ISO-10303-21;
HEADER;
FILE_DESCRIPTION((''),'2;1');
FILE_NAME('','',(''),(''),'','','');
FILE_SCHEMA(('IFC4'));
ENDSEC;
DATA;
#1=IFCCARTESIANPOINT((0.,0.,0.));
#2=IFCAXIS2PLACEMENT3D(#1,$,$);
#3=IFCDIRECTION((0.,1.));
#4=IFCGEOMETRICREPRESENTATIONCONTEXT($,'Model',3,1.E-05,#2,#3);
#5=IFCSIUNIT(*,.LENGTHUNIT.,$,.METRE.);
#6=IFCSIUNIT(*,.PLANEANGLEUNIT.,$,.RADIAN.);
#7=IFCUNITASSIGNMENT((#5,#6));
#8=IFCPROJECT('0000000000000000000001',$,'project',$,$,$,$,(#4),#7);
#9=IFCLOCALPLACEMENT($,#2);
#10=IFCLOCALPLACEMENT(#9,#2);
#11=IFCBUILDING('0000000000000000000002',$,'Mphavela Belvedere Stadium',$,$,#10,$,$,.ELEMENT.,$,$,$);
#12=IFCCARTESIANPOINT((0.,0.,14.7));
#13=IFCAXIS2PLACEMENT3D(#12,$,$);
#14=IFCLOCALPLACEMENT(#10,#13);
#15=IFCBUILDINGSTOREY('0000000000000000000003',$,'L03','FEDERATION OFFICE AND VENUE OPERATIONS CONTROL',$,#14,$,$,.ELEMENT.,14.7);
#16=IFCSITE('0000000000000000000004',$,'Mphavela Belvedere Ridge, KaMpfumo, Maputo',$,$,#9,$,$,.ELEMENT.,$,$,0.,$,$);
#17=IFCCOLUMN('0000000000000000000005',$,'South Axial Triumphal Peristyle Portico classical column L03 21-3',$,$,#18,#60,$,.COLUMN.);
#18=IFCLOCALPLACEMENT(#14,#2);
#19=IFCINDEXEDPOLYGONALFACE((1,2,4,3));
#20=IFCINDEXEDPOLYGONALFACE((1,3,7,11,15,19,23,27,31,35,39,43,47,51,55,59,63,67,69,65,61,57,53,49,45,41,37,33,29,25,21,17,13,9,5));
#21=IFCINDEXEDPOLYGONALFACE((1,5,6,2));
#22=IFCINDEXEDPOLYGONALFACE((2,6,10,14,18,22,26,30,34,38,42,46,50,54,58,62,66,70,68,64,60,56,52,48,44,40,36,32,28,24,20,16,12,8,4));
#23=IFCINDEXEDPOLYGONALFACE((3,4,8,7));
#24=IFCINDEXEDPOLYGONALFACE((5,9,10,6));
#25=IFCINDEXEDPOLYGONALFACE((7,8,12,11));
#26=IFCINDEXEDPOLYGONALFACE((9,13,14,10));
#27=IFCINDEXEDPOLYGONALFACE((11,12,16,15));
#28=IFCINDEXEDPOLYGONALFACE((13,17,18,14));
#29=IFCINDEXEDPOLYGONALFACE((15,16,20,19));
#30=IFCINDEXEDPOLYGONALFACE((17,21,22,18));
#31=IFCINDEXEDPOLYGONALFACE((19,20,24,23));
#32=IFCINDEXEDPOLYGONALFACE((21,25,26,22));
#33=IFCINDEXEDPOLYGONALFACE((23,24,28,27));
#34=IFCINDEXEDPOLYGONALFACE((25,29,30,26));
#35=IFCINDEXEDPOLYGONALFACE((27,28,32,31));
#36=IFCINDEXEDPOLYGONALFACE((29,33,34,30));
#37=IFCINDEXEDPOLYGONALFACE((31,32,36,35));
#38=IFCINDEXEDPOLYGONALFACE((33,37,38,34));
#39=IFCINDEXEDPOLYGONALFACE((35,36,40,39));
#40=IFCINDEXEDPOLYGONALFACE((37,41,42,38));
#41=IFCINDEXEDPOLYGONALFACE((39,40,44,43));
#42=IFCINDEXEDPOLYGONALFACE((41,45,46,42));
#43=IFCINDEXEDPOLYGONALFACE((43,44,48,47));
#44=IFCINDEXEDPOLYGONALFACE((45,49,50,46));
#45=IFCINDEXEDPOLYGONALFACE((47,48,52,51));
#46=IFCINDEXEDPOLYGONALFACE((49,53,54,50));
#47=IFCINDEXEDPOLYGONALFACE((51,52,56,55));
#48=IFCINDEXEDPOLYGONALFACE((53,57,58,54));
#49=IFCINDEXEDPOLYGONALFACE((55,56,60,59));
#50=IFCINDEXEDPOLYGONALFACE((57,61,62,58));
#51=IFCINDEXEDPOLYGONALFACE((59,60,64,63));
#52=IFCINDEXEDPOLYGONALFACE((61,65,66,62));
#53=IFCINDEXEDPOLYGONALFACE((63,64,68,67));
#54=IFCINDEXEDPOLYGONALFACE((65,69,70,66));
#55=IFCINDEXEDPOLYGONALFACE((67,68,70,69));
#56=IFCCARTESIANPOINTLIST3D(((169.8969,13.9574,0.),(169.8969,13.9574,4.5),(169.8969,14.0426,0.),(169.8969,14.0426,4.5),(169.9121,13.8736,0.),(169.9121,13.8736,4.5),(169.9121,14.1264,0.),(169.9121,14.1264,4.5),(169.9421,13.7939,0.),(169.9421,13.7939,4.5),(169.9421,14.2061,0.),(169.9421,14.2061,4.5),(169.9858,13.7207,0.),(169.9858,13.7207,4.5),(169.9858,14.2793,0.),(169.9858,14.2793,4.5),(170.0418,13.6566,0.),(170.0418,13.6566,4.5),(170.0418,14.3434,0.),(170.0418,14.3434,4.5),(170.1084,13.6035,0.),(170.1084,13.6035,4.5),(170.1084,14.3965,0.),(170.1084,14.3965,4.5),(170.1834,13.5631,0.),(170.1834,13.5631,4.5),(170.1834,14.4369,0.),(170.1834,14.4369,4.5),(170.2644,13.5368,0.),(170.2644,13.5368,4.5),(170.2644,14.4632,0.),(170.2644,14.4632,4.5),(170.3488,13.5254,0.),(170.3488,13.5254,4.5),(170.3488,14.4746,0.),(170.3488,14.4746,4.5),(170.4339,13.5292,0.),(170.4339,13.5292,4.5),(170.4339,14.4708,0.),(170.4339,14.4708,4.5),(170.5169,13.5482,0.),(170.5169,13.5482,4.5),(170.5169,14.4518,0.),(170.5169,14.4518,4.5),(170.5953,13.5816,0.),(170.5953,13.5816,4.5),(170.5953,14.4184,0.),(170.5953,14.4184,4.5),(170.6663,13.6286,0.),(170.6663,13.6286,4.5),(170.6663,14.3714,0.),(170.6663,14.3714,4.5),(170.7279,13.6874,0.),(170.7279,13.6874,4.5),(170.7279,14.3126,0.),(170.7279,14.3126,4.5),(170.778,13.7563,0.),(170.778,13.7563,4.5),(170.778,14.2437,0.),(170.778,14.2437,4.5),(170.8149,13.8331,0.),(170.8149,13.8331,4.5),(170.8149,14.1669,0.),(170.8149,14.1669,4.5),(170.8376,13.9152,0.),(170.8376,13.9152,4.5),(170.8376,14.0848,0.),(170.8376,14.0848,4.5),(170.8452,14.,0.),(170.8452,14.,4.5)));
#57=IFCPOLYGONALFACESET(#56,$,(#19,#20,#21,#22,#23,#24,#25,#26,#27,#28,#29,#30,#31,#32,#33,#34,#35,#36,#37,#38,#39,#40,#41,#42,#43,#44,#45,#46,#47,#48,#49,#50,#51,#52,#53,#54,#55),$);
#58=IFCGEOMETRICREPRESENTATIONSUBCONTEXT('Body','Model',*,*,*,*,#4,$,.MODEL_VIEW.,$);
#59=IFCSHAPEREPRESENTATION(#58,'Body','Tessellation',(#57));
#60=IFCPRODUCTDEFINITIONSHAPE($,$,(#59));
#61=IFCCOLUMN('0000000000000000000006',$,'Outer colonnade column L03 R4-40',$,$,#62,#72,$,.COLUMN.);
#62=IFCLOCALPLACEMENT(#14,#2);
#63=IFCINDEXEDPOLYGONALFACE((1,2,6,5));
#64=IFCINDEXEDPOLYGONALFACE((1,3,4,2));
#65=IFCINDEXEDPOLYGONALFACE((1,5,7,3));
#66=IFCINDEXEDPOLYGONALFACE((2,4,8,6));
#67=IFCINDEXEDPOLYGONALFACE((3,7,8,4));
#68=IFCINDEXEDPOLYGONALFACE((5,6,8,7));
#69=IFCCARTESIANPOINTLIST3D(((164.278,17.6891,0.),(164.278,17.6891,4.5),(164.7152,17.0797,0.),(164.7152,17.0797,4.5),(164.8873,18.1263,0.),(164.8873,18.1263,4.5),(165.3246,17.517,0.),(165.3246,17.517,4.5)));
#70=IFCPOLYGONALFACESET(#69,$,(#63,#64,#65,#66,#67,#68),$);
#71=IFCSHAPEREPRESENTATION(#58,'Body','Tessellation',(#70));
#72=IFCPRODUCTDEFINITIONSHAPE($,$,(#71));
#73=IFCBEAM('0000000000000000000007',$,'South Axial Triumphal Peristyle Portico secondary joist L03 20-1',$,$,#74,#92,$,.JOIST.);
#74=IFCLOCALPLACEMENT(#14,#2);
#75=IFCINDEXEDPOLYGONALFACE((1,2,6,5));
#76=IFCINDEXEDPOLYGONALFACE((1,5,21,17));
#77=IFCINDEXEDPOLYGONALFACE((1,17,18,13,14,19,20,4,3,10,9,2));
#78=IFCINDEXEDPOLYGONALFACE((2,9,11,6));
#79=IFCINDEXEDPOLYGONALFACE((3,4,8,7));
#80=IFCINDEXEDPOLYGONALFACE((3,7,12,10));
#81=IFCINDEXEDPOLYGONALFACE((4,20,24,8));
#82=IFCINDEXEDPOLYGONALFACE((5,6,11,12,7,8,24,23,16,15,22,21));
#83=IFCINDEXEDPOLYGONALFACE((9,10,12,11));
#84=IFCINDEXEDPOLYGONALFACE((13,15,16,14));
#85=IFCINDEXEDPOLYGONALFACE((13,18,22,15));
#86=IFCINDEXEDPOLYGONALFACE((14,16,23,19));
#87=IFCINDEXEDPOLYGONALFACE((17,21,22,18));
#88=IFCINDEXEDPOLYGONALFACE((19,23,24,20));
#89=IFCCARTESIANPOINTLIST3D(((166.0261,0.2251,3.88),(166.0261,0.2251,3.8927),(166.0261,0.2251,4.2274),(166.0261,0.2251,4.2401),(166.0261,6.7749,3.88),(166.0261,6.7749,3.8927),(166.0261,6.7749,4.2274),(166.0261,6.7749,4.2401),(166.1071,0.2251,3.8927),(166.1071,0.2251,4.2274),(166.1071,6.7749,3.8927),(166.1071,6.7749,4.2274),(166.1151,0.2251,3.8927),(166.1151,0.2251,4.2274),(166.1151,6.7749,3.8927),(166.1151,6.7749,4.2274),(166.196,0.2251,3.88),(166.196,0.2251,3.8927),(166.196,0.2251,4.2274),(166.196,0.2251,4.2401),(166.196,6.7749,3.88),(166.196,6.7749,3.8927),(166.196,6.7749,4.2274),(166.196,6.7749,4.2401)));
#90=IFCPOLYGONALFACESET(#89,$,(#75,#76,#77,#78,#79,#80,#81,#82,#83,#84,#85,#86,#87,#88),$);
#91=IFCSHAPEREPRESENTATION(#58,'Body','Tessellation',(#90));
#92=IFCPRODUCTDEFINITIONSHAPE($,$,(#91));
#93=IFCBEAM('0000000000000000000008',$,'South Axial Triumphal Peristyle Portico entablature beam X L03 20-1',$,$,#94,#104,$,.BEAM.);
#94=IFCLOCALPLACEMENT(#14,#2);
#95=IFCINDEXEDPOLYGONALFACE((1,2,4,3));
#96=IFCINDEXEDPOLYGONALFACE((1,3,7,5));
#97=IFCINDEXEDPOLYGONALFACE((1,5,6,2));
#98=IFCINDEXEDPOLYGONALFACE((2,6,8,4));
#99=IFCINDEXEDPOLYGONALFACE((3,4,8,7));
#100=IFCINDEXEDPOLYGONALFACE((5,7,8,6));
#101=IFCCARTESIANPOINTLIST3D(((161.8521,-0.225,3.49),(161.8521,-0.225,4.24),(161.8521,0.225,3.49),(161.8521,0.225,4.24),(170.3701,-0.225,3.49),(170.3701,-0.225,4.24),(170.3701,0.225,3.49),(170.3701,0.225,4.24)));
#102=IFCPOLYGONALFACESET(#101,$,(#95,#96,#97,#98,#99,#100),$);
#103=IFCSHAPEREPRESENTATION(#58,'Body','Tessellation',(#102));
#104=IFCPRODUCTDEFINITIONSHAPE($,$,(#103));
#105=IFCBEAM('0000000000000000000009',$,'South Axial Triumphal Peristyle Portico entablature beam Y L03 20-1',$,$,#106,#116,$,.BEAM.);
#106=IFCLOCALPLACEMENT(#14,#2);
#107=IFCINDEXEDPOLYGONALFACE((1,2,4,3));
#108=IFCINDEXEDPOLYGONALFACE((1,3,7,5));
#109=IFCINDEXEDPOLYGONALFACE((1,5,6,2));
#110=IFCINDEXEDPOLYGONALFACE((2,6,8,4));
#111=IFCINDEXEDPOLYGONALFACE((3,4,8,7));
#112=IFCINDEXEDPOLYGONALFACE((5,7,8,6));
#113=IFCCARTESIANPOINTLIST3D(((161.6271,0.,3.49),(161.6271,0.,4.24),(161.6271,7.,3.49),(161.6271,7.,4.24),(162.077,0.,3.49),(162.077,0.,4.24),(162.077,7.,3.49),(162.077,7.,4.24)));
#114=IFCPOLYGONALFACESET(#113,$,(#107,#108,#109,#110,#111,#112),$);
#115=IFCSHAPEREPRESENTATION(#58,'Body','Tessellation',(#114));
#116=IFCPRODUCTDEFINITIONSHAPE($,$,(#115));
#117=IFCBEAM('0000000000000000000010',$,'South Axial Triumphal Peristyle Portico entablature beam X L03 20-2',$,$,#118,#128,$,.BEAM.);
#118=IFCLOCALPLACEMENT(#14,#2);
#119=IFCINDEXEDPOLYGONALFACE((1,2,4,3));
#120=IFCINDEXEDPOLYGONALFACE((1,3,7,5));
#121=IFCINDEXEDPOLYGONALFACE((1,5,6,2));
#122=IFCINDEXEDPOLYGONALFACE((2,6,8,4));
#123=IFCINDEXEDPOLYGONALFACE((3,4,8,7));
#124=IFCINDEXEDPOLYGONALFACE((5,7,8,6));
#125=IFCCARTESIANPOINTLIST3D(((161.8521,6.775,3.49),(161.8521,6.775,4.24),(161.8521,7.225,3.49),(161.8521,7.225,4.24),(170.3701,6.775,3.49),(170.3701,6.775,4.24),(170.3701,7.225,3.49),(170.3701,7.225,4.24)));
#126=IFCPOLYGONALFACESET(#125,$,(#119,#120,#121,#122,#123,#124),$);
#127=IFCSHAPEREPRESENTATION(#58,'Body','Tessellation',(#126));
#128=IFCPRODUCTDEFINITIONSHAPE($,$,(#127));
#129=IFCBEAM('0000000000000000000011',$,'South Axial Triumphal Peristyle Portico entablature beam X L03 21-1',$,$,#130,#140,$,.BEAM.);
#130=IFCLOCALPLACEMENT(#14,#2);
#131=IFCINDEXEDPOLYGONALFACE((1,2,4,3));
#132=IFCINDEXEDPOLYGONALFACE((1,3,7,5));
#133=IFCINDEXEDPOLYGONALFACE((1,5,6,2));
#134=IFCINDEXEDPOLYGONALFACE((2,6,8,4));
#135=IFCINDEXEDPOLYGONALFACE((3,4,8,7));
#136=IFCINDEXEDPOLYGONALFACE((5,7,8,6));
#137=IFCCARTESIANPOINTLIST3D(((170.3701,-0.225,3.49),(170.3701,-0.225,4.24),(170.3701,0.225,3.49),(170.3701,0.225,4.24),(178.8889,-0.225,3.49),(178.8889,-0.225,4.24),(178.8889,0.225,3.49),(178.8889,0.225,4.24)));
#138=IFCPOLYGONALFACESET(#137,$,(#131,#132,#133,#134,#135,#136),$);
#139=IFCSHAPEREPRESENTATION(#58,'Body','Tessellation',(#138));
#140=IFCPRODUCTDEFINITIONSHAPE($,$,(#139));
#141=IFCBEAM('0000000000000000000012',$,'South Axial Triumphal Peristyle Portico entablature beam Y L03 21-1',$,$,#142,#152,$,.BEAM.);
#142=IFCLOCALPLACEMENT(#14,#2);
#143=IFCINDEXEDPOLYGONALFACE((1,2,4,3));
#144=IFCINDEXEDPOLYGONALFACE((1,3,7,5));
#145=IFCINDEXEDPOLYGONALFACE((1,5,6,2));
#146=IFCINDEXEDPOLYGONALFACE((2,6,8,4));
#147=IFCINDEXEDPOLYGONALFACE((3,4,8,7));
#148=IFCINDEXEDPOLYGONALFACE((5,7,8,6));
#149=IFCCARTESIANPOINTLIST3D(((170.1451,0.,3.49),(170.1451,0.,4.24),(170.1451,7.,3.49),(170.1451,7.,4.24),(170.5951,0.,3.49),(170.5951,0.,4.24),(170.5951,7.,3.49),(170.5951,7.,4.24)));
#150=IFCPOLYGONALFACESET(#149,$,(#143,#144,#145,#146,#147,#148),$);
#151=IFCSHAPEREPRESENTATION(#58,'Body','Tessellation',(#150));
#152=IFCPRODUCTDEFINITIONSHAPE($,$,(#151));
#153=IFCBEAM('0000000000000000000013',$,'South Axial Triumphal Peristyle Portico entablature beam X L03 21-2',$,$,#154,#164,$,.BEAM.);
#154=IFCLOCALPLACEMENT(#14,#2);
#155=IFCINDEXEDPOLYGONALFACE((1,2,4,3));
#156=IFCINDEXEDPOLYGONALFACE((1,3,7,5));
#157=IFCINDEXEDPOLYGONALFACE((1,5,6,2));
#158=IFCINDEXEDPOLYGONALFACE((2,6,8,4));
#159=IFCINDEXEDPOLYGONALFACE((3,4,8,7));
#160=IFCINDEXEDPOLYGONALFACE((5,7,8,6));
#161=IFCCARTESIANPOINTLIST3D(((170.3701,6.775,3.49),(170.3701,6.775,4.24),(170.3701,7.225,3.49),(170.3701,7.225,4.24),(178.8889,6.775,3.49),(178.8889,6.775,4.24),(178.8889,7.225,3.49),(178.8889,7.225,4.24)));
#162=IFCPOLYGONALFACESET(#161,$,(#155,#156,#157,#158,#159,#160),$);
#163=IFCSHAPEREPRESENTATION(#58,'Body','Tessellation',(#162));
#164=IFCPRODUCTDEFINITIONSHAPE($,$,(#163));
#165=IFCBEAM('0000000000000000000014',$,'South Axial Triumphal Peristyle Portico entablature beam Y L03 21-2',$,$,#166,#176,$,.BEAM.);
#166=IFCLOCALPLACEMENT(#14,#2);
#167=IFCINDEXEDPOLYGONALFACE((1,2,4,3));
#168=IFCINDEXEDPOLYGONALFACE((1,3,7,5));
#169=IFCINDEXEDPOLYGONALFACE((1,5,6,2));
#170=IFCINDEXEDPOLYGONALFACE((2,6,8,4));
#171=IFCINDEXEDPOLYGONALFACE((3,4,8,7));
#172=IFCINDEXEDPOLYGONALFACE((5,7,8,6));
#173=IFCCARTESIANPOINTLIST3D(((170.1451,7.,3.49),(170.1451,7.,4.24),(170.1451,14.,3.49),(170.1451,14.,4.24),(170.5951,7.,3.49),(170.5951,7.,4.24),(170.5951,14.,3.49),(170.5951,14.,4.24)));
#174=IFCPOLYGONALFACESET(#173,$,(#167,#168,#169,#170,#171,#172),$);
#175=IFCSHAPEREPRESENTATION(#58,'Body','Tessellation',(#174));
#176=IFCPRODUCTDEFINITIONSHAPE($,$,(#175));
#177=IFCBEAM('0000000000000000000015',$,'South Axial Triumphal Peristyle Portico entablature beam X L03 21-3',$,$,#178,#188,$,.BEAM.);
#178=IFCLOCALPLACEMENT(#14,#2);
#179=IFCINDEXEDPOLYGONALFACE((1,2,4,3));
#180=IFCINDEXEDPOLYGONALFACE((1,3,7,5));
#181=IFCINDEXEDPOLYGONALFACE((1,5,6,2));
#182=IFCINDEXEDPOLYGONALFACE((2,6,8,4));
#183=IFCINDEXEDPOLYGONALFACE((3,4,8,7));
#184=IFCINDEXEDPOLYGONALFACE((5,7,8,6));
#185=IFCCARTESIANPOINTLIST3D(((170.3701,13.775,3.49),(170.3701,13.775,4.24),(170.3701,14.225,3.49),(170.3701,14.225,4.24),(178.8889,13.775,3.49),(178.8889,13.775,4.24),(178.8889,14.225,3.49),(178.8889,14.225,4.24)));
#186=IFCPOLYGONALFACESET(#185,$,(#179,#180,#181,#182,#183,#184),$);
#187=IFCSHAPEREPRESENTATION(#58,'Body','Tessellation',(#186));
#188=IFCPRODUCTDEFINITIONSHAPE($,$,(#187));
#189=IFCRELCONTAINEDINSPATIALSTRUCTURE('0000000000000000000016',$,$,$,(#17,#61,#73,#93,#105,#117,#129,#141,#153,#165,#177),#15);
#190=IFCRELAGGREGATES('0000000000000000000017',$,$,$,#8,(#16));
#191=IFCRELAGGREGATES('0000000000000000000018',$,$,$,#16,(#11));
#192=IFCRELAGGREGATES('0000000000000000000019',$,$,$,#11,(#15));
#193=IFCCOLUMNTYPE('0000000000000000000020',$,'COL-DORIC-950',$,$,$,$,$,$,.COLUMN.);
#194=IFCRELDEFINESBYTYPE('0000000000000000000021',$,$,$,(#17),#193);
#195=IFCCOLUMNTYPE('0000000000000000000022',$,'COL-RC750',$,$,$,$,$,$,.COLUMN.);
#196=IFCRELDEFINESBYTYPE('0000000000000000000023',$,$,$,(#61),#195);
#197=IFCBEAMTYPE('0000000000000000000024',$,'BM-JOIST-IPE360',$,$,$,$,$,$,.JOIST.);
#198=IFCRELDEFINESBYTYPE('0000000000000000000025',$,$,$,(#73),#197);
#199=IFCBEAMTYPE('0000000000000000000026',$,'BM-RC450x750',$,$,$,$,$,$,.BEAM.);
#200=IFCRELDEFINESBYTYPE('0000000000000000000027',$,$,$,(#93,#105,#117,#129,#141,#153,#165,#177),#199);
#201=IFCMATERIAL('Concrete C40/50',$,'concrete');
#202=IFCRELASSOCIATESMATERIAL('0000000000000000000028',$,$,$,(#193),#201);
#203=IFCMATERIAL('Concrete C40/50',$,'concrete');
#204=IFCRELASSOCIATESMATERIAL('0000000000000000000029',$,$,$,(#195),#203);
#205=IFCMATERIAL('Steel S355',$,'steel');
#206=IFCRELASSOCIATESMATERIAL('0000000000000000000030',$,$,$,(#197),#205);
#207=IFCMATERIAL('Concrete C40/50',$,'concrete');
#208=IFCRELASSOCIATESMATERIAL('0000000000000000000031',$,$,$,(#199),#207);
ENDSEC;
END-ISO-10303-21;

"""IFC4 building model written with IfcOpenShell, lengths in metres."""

from ifc_helpers import new_model, si_unit, direction, frame, origin, origin_2d, place, context, subcontext, project, spatial, rectangle, circle, i_section, extrude, material, material_profile, profile_set, type_object, element, save


model = new_model("IFC4")

# Units and contexts
model_context = context("Model", 3, precision=1e-05, world=origin(), true_north=direction((0.0, 1.0)))
body_context = subcontext(model_context, "Body", "Model", "MODEL_VIEW")
ifc_project = project(units=[si_unit("LENGTHUNIT", "METRE"), si_unit("PLANEANGLEUNIT", "RADIAN")], contexts=[model_context])

# Site, building, storey
site_placement = place(None, origin())
site = spatial("IfcSite", under=ifc_project, at=site_placement, Name="Mphavela Belvedere Ridge, KaMpfumo, Maputo", CompositionType="ELEMENT", RefElevation=0.0)
building_placement = place(site_placement, origin())
building = spatial("IfcBuilding", under=site, at=building_placement, Name="Mphavela Belvedere Stadium", CompositionType="ELEMENT")
storey_placement = place(building_placement, frame((0.0, 0.0, 14.7)))
storey = spatial("IfcBuildingStorey", under=building, at=storey_placement, Name="L03", Description="FEDERATION OFFICE AND VENUE OPERATIONS CONTROL", CompositionType="ELEMENT", Elevation=14.7)

# Columns
ifc_material_1 = material(Name="Concrete C40/50", Category="concrete")
ifc_material_profile_1 = material_profile(ifc_material_1, circle(Radius=0.4751, at=origin_2d()), Name="COL D950")
ifc_profile_set_1 = profile_set([ifc_material_profile_1], Name="Concrete C40/50")
column_type_1 = type_object("IfcColumnType", Name="COL-DORIC-950", PredefinedType="COLUMN", material=ifc_profile_set_1)
for number, where, z_axis, x_axis, name in (
    (1, (170.3701, 14.0, 0.0), (0.0, 0.0, 1.0), (1.0, 0.0, 0.0), "South Axial Triumphal Peristyle Portico classical column L03 21-3"),
):
    element("IfcColumn", number, at=place(storey_placement, frame(where, z_axis=z_axis, x_axis=x_axis)), inside=storey, type_object=column_type_1, Name=name, PredefinedType="COLUMN", context=body_context, shape_type="SweptSolid", body=[
        extrude(circle(Radius=0.4751, at=origin_2d()), origin(), (0.0, 0.0, 1.0), 4.5),
    ])
ifc_material_2 = material(Name="Concrete C40/50", Category="concrete")
ifc_material_profile_2 = material_profile(ifc_material_2, rectangle(XDim=0.75, YDim=0.75, at=origin_2d()), Name="RC 750x750")
ifc_profile_set_2 = profile_set([ifc_material_profile_2], Name="Concrete C40/50")
column_type_2 = type_object("IfcColumnType", Name="COL-RC750", PredefinedType="COLUMN", material=ifc_profile_set_2)
column_placement = place(storey_placement, frame((164.8013, 17.603, 0.0), z_axis=(0.0, 0.0, 1.0), x_axis=(0.582974, -0.812491, 0.0)))
element("IfcColumn", 2, at=column_placement, inside=storey, type_object=column_type_2, Name="Outer colonnade column L03 R4-40", PredefinedType="COLUMN", context=body_context, shape_type="SweptSolid", body=[
    extrude(rectangle(XDim=0.75, YDim=0.75, at=origin_2d()), origin(), (0.0, 0.0, 1.0), 4.5),
])

# Beams
ifc_material_3 = material(Name="Steel S355", Category="steel")
ifc_material_profile_3 = material_profile(ifc_material_3, i_section(OverallWidth=0.1699, OverallDepth=0.3601, WebThickness=0.0081, FlangeThickness=0.0127, at=origin_2d()), Name="IPE 360")
ifc_profile_set_3 = profile_set([ifc_material_profile_3], Name="Steel S355")
beam_type_1 = type_object("IfcBeamType", Name="BM-JOIST-IPE360", PredefinedType="JOIST", material=ifc_profile_set_3)
beam_1_placement = place(storey_placement, frame((166.1111, 0.2251, 4.0601), z_axis=(0.0, 1.0, 0.0), x_axis=(-1.0, 0.0, 0.0)))
element("IfcBeam", 3, at=beam_1_placement, inside=storey, type_object=beam_type_1, Name="South Axial Triumphal Peristyle Portico secondary joist L03 20-1", PredefinedType="JOIST", context=body_context, shape_type="SweptSolid", body=[
    extrude(i_section(OverallWidth=0.1699, OverallDepth=0.3601, WebThickness=0.0081, FlangeThickness=0.0127, at=origin_2d()), origin(), (0.0, 0.0, 1.0), 6.5498),
])
ifc_material_4 = material(Name="Concrete C40/50", Category="concrete")
ifc_material_profile_4 = material_profile(ifc_material_4, rectangle(XDim=0.45, YDim=0.75, at=origin_2d()), Name="RC 450x750")
ifc_profile_set_4 = profile_set([ifc_material_profile_4], Name="Concrete C40/50")
beam_type_2 = type_object("IfcBeamType", Name="BM-RC450x750", PredefinedType="BEAM", material=ifc_profile_set_4)
beam_2_placement = place(storey_placement, frame((161.8521, 0.0, 3.865), z_axis=(1.0, 0.0, 0.0), x_axis=(0.0, 1.0, 0.0)))
element("IfcBeam", 4, at=beam_2_placement, inside=storey, type_object=beam_type_2, Name="South Axial Triumphal Peristyle Portico entablature beam X L03 20-1", PredefinedType="BEAM", context=body_context, shape_type="SweptSolid", body=[
    extrude(rectangle(XDim=0.45, YDim=0.75, at=origin_2d()), origin(), (0.0, 0.0, 1.0), 8.5181),
])
beam_3_placement = place(storey_placement, frame((161.8521, 0.0, 3.865), z_axis=(0.0, 1.0, 0.0), x_axis=(-1.0, 0.0, 0.0)))
element("IfcBeam", 5, at=beam_3_placement, inside=storey, type_object=beam_type_2, Name="South Axial Triumphal Peristyle Portico entablature beam Y L03 20-1", PredefinedType="BEAM", context=body_context, shape_type="SweptSolid", body=[
    extrude(rectangle(XDim=0.45, YDim=0.75, at=origin_2d()), origin(), (0.0, 0.0, 1.0), 7.0),
])
beam_4_placement = place(storey_placement, frame((161.8521, 7.0, 3.865), z_axis=(1.0, 0.0, 0.0), x_axis=(0.0, 1.0, 0.0)))
element("IfcBeam", 6, at=beam_4_placement, inside=storey, type_object=beam_type_2, Name="South Axial Triumphal Peristyle Portico entablature beam X L03 20-2", PredefinedType="BEAM", context=body_context, shape_type="SweptSolid", body=[
    extrude(rectangle(XDim=0.45, YDim=0.75, at=origin_2d()), origin(), (0.0, 0.0, 1.0), 8.5181),
])
beam_5_placement = place(storey_placement, frame((170.3701, 0.0, 3.865), z_axis=(1.0, 0.0, 0.0), x_axis=(0.0, 1.0, 0.0)))
element("IfcBeam", 7, at=beam_5_placement, inside=storey, type_object=beam_type_2, Name="South Axial Triumphal Peristyle Portico entablature beam X L03 21-1", PredefinedType="BEAM", context=body_context, shape_type="SweptSolid", body=[
    extrude(rectangle(XDim=0.45, YDim=0.75, at=origin_2d()), origin(), (0.0, 0.0, 1.0), 8.5188),
])
beam_6_placement = place(storey_placement, frame((170.3701, 0.0, 3.865), z_axis=(0.0, 1.0, 0.0), x_axis=(-1.0, 0.0, 0.0)))
element("IfcBeam", 8, at=beam_6_placement, inside=storey, type_object=beam_type_2, Name="South Axial Triumphal Peristyle Portico entablature beam Y L03 21-1", PredefinedType="BEAM", context=body_context, shape_type="SweptSolid", body=[
    extrude(rectangle(XDim=0.45, YDim=0.75, at=origin_2d()), origin(), (0.0, 0.0, 1.0), 7.0),
])
beam_7_placement = place(storey_placement, frame((170.3701, 7.0, 3.865), z_axis=(1.0, 0.0, 0.0), x_axis=(0.0, 1.0, 0.0)))
element("IfcBeam", 9, at=beam_7_placement, inside=storey, type_object=beam_type_2, Name="South Axial Triumphal Peristyle Portico entablature beam X L03 21-2", PredefinedType="BEAM", context=body_context, shape_type="SweptSolid", body=[
    extrude(rectangle(XDim=0.45, YDim=0.75, at=origin_2d()), origin(), (0.0, 0.0, 1.0), 8.5188),
])
beam_8_placement = place(storey_placement, frame((170.3701, 7.0, 3.865), z_axis=(0.0, 1.0, 0.0), x_axis=(-1.0, 0.0, 0.0)))
element("IfcBeam", 10, at=beam_8_placement, inside=storey, type_object=beam_type_2, Name="South Axial Triumphal Peristyle Portico entablature beam Y L03 21-2", PredefinedType="BEAM", context=body_context, shape_type="SweptSolid", body=[
    extrude(rectangle(XDim=0.45, YDim=0.75, at=origin_2d()), origin(), (0.0, 0.0, 1.0), 7.0),
])
beam_9_placement = place(storey_placement, frame((170.3701, 14.0, 3.865), z_axis=(1.0, 0.0, 0.0), x_axis=(0.0, 1.0, 0.0)))
element("IfcBeam", 11, at=beam_9_placement, inside=storey, type_object=beam_type_2, Name="South Axial Triumphal Peristyle Portico entablature beam X L03 21-3", PredefinedType="BEAM", context=body_context, shape_type="SweptSolid", body=[
    extrude(rectangle(XDim=0.45, YDim=0.75, at=origin_2d()), origin(), (0.0, 0.0, 1.0), 8.5188),
])

save(model, "model.ifc")
